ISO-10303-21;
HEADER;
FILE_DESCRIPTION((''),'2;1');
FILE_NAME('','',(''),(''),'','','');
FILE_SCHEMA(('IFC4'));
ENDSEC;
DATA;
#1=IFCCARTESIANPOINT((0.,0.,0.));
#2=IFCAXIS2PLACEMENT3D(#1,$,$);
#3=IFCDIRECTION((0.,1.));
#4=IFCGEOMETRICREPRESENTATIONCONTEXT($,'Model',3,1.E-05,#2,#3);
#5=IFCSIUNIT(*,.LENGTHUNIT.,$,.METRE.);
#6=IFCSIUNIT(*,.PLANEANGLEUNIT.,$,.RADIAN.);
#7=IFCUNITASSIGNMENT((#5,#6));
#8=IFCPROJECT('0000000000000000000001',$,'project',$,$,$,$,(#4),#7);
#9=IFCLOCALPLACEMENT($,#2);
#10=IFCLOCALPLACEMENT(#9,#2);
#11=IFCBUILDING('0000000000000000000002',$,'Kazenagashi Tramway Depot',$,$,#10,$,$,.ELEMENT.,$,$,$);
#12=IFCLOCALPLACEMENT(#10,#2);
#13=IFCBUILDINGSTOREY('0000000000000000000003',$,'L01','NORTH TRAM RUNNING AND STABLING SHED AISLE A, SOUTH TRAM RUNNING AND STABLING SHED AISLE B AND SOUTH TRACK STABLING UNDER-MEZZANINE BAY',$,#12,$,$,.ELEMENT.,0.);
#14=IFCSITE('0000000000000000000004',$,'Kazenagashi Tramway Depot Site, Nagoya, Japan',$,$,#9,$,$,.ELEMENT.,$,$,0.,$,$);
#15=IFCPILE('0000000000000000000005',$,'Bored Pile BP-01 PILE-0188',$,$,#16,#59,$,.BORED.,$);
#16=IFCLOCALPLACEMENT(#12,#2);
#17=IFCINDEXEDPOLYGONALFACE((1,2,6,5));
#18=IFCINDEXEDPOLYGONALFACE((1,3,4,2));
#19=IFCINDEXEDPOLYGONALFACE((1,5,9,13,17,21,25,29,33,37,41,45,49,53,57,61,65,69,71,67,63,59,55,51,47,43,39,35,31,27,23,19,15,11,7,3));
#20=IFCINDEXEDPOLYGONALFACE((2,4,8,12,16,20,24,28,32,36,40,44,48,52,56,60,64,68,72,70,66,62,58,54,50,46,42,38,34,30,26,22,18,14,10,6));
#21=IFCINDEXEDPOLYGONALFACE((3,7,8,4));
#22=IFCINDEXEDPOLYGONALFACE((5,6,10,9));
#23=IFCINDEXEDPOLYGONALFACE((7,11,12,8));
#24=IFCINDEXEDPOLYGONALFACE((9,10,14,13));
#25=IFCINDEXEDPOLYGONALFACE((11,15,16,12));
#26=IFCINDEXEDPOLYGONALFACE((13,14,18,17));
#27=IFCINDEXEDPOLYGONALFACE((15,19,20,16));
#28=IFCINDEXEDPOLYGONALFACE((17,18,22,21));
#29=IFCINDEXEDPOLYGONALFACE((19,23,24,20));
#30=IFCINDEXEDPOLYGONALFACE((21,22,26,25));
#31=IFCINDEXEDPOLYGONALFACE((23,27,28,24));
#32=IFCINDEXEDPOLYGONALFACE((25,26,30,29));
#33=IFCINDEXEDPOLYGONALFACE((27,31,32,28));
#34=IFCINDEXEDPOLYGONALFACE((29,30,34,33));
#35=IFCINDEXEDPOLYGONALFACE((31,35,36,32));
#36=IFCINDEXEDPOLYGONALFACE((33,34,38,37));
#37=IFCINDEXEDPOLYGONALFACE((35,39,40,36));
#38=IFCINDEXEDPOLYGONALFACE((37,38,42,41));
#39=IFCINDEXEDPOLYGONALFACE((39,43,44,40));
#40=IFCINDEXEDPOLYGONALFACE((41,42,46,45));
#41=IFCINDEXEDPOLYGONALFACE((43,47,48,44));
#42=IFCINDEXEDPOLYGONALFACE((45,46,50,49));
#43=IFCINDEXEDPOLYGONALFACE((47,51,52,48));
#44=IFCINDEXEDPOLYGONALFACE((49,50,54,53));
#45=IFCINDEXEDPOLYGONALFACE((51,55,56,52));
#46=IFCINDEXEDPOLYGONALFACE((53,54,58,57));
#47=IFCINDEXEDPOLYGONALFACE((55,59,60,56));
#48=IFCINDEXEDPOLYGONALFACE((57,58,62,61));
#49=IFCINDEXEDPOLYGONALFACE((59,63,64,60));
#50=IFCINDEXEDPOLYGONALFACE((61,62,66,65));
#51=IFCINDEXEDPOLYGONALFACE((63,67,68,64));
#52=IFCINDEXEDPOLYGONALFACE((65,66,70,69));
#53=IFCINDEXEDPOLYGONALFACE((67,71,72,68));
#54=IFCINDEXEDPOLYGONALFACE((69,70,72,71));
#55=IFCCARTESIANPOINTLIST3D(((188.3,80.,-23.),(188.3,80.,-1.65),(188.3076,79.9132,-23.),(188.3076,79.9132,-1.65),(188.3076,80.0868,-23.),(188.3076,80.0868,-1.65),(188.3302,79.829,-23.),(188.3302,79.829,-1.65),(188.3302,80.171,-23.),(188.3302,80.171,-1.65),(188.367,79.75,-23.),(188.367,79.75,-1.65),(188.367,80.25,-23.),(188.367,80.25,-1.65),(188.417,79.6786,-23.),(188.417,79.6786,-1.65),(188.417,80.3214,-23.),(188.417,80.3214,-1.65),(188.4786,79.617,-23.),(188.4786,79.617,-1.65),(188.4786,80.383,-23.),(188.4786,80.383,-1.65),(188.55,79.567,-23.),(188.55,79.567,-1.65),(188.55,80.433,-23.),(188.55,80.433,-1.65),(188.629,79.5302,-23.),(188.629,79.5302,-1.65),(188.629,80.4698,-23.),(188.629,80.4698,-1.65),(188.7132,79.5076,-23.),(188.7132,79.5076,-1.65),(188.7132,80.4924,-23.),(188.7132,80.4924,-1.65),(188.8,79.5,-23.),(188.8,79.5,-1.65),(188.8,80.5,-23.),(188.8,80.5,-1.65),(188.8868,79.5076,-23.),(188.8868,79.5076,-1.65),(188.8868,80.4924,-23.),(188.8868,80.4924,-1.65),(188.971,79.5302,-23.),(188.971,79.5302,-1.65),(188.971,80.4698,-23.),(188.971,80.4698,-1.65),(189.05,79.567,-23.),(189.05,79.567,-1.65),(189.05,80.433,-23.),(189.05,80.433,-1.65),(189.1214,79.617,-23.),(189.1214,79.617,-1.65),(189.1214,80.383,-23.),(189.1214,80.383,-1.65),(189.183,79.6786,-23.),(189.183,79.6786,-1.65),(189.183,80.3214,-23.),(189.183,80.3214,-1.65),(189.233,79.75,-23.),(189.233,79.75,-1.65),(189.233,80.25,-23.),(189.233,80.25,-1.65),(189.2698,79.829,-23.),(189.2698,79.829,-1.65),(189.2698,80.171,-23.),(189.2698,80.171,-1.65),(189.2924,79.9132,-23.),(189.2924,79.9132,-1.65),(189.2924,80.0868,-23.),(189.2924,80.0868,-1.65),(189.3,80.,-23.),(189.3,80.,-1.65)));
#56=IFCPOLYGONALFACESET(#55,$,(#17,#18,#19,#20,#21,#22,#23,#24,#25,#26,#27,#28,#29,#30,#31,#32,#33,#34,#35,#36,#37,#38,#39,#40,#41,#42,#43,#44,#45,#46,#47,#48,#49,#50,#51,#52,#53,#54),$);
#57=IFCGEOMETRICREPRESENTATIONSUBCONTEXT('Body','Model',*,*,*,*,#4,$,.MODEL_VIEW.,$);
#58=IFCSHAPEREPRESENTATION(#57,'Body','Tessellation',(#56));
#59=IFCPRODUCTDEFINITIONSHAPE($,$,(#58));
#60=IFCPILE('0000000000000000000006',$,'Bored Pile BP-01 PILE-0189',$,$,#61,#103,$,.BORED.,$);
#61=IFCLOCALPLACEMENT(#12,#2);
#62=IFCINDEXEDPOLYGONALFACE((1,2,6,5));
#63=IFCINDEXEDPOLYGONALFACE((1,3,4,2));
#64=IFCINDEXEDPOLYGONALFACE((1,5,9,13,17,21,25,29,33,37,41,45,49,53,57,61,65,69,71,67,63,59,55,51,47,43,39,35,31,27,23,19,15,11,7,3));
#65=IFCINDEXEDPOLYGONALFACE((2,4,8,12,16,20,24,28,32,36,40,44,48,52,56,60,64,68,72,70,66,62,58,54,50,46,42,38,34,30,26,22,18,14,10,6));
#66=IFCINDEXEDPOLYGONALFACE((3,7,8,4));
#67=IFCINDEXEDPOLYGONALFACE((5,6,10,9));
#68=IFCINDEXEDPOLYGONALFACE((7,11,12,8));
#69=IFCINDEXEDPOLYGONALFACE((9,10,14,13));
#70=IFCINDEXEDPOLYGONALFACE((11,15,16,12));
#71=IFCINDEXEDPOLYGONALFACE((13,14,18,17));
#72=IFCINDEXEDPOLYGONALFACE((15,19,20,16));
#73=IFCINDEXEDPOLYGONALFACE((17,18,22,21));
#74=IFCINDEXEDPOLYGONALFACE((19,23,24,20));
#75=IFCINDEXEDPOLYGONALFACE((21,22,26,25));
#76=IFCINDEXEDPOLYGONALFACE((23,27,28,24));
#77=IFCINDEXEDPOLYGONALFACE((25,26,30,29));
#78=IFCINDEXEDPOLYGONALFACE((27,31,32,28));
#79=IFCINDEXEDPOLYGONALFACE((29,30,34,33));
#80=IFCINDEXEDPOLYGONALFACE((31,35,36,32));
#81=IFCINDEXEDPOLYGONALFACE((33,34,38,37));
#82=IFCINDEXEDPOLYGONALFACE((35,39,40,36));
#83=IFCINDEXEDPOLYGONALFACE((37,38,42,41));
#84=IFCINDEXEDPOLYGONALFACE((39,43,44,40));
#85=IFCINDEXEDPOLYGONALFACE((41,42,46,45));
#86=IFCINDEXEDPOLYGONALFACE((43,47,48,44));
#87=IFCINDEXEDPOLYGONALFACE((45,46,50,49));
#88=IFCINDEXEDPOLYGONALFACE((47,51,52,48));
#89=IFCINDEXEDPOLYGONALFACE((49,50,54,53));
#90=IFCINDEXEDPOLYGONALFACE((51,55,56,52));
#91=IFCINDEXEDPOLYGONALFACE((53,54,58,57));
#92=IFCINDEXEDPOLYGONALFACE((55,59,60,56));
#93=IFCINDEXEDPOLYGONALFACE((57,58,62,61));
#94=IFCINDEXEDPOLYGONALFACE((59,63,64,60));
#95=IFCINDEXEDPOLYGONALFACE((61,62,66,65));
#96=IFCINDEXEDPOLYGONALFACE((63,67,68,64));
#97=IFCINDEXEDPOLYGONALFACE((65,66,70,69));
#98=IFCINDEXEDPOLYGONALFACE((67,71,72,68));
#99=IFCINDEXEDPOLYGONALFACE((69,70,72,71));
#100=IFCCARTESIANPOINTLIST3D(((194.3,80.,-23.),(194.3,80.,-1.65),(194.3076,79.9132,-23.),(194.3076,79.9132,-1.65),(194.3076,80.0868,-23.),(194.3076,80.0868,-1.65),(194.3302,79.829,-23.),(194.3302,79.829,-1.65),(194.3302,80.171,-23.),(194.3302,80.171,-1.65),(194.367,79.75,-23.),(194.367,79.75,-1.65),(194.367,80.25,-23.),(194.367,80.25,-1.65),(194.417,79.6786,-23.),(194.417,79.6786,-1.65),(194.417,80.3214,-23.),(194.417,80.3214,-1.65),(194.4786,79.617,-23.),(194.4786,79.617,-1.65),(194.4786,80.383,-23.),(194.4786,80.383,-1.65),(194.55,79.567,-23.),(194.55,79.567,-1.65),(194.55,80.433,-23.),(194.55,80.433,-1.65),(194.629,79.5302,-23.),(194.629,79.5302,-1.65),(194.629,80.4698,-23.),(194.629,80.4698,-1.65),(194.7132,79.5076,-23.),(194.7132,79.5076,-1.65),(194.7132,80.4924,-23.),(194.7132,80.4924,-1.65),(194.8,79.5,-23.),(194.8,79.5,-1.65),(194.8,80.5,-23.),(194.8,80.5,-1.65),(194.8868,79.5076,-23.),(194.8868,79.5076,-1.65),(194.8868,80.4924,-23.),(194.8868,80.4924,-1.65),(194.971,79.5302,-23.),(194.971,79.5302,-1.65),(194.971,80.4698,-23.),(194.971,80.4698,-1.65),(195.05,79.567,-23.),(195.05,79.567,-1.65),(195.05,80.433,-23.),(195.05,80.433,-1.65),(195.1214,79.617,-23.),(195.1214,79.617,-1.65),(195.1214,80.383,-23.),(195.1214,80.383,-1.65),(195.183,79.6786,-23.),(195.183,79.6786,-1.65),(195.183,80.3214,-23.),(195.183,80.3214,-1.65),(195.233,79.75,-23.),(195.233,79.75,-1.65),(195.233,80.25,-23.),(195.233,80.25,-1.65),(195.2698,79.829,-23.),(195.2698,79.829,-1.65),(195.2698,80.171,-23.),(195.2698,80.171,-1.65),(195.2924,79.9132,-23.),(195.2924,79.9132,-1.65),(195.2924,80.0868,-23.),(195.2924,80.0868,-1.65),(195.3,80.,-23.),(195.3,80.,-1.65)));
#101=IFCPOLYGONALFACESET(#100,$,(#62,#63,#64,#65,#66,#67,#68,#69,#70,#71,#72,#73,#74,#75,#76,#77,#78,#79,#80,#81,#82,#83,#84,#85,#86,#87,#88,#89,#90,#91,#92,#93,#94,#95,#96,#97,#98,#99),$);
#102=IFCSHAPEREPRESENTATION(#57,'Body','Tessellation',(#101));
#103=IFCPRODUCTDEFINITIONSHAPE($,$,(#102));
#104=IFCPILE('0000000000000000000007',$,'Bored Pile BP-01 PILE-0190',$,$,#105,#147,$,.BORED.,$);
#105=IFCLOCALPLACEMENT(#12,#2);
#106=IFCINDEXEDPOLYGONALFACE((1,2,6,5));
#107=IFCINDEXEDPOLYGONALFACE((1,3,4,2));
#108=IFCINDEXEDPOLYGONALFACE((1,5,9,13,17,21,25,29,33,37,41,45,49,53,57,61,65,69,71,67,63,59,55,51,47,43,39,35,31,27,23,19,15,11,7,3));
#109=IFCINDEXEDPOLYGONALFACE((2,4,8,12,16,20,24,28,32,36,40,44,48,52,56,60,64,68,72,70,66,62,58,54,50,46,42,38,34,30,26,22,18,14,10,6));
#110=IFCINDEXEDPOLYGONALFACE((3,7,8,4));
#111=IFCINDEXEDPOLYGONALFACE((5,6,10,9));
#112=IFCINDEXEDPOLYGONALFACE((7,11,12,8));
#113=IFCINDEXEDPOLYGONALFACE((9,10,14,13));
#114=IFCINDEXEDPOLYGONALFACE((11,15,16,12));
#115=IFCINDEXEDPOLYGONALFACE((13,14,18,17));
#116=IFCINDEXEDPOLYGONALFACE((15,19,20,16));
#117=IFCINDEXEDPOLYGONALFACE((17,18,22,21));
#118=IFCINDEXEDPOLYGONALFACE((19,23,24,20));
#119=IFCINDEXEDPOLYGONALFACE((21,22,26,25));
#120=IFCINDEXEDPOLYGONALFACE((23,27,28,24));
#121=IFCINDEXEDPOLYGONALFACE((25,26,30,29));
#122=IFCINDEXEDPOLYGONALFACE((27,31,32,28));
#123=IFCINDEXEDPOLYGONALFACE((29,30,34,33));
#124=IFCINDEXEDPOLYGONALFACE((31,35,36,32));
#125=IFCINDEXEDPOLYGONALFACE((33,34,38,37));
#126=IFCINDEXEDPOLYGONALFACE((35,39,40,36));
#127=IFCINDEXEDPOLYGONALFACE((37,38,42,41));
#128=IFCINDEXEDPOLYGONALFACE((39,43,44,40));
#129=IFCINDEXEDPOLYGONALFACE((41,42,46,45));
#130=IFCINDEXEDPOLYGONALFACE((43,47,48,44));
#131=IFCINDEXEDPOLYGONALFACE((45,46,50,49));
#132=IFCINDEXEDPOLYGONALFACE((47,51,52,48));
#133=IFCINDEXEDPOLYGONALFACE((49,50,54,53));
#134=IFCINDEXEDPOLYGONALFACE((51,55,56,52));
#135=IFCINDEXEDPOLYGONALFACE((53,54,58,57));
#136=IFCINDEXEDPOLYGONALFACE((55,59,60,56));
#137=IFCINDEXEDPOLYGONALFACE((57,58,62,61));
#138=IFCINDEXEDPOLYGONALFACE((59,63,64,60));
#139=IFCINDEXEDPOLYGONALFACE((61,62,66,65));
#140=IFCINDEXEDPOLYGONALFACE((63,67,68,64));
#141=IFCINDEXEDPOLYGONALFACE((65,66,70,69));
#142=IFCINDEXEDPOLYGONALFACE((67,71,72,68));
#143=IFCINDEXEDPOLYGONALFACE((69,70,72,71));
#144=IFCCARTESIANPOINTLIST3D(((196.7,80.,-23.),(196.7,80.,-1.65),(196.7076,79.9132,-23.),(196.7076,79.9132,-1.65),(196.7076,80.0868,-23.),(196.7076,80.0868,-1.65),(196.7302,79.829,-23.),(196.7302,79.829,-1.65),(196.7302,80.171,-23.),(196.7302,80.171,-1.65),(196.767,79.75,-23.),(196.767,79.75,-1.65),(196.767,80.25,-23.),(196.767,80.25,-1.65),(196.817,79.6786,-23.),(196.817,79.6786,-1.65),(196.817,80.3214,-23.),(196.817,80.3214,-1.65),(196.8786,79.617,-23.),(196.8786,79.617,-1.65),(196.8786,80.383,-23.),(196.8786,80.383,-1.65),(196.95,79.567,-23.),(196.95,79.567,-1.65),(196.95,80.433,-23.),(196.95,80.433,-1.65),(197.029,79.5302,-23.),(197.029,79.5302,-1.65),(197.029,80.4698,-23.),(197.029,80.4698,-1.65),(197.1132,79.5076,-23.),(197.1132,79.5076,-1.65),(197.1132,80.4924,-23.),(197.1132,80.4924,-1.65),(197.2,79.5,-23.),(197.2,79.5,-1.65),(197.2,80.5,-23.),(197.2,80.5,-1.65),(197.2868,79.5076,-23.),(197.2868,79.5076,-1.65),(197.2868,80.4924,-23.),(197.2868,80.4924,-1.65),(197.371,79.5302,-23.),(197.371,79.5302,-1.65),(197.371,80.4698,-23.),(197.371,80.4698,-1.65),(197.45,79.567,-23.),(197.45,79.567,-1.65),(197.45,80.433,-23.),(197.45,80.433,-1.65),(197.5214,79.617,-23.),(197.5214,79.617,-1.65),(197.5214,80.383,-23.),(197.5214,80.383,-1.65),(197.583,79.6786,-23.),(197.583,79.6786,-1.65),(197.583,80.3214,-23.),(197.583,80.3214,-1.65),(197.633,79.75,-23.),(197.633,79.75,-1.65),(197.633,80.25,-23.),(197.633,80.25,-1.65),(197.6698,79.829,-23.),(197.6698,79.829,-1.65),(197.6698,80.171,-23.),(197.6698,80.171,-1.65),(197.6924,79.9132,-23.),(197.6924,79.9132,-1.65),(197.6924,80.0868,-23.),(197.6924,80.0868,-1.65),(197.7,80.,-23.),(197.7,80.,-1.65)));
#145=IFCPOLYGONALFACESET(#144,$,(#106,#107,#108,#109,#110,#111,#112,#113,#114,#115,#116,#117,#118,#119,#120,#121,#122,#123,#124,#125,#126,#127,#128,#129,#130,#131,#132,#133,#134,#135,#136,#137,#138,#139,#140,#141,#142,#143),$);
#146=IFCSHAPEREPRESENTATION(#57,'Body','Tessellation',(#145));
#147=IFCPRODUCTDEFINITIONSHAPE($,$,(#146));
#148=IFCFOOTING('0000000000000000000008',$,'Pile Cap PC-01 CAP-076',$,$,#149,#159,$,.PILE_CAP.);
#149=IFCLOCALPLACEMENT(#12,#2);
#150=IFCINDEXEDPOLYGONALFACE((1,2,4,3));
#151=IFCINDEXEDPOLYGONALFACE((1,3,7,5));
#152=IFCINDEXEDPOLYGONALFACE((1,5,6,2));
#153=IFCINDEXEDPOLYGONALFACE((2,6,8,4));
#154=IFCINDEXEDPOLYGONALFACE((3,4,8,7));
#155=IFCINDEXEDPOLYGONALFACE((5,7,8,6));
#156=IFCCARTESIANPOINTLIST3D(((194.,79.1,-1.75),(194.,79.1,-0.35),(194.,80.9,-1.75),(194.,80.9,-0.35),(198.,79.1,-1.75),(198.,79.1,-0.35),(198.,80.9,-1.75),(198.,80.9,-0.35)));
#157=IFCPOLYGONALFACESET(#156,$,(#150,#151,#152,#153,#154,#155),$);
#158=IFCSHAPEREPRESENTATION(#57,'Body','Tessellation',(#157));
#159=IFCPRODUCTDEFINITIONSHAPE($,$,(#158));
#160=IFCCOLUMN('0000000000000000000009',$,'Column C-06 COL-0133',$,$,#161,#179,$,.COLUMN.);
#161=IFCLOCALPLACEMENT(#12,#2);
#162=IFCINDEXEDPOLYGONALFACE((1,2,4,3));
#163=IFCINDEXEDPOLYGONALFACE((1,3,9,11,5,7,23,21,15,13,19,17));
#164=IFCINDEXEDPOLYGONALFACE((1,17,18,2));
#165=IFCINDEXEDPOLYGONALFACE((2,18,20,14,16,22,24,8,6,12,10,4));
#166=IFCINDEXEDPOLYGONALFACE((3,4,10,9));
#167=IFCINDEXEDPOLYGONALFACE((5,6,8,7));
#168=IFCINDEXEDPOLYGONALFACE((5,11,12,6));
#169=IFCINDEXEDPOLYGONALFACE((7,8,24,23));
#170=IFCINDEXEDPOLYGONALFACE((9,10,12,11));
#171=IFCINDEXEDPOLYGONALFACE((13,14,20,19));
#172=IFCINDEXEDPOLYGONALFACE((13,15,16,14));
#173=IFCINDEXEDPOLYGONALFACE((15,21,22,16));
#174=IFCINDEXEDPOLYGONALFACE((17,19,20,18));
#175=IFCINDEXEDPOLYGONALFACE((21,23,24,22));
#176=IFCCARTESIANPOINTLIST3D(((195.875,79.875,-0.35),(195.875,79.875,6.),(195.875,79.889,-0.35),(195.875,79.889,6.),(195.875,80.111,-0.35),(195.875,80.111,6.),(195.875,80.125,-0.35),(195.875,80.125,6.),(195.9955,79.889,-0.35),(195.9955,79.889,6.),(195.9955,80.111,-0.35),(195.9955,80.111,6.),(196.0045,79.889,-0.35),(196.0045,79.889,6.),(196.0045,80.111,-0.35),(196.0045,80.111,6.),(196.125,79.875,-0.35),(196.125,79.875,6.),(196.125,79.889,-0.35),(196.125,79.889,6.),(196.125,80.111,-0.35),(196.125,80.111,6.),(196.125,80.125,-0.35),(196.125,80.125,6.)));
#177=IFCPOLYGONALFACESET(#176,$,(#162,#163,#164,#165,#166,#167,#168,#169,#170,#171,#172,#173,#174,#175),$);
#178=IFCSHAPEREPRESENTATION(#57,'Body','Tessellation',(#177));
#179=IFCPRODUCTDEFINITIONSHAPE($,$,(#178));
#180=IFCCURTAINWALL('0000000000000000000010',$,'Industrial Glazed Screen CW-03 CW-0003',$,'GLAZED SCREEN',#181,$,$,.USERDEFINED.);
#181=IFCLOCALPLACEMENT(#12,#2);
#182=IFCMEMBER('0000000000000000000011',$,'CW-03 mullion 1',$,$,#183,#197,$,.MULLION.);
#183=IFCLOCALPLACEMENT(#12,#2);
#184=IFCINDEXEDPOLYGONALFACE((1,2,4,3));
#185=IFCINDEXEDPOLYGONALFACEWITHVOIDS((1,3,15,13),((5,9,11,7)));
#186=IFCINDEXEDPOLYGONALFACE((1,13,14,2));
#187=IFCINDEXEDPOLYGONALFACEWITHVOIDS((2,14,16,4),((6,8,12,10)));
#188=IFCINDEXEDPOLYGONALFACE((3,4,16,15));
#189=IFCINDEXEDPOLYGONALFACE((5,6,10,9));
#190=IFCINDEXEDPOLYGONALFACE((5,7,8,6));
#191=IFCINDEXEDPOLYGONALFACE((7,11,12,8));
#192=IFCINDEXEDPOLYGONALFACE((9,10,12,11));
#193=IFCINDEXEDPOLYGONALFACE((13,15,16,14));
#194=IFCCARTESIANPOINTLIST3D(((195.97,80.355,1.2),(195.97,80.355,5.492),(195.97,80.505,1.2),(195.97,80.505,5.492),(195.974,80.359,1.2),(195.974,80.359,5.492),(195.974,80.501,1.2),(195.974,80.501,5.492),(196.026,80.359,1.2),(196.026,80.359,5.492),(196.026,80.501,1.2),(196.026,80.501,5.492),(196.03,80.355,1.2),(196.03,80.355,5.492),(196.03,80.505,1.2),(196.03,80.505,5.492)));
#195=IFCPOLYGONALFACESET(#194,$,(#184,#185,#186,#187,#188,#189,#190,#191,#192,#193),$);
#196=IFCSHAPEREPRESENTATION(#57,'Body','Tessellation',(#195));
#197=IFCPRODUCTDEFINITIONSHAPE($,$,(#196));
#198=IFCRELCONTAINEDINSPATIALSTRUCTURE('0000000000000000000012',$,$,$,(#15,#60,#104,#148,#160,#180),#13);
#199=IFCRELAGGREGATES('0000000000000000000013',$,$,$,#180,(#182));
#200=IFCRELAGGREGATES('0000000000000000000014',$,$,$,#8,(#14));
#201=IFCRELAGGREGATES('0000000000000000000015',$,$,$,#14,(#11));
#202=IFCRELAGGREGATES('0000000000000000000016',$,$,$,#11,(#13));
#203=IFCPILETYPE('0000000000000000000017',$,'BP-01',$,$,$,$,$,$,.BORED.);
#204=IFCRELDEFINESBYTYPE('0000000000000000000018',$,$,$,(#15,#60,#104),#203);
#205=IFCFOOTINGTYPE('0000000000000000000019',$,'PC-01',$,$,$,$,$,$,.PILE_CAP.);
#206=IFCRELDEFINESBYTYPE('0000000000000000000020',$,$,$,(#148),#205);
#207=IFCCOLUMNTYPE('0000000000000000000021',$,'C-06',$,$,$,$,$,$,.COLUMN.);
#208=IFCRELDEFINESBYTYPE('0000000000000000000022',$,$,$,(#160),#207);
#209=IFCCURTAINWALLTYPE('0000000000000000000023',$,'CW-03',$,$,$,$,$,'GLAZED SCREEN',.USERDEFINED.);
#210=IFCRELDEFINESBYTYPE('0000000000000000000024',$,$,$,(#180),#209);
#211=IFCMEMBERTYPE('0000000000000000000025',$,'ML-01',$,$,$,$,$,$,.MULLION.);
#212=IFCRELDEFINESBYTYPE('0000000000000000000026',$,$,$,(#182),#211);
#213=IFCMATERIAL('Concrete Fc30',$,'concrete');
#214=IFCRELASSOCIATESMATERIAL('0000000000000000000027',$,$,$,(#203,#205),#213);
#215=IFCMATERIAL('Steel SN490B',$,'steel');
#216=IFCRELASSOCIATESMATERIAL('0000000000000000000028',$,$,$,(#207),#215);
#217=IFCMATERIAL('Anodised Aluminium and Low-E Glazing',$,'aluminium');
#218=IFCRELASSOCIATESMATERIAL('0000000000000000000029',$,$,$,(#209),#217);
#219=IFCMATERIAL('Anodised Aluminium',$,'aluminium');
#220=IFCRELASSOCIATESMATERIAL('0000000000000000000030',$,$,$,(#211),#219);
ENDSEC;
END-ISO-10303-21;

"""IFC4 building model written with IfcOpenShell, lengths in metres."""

from ifc_helpers import new_model, si_unit, direction, frame, origin, origin_2d, place, context, subcontext, project, spatial, rectangle, hollow_rectangle, circle, i_section, extrude, material, material_profile, profile_set, type_object, element, aggregate, save


model = new_model("IFC4")

# Units and contexts
model_context = context("Model", 3, precision=1e-05, world=origin(), true_north=direction((0.0, 1.0)))
body_context = subcontext(model_context, "Body", "Model", "MODEL_VIEW")
ifc_project = project(units=[si_unit("LENGTHUNIT", "METRE"), si_unit("PLANEANGLEUNIT", "RADIAN")], contexts=[model_context])

# Site, building, storey
site_placement = place(None, origin())
site = spatial("IfcSite", under=ifc_project, at=site_placement, Name="Kazenagashi Tramway Depot Site, Nagoya, Japan", CompositionType="ELEMENT", RefElevation=0.0)
building_placement = place(site_placement, origin())
building = spatial("IfcBuilding", under=site, at=building_placement, Name="Kazenagashi Tramway Depot", CompositionType="ELEMENT")
storey_placement = place(building_placement, origin())
storey = spatial("IfcBuildingStorey", under=building, at=storey_placement, Name="L01", Description="NORTH TRAM RUNNING AND STABLING SHED AISLE A, SOUTH TRAM RUNNING AND STABLING SHED AISLE B AND SOUTH TRACK STABLING UNDER-MEZZANINE BAY", CompositionType="ELEMENT", Elevation=0.0)

# Piles
ifc_material_1 = material(Name="Concrete Fc30", Category="concrete")
ifc_material_profile_1 = material_profile(ifc_material_1, circle(Radius=0.5, at=origin_2d()), Name="PILE-1000")
ifc_profile_set_1 = profile_set([ifc_material_profile_1], Name="Concrete Fc30")
pile_type = type_object("IfcPileType", Name="BP-01", PredefinedType="BORED", material=ifc_profile_set_1)
for number, where, z_axis, x_axis, name in (
    (1, (188.8, 80.0, -1.65), (0.0, 0.0, -1.0), (1.0, 0.0, 0.0), "Bored Pile BP-01 PILE-0188"),
    (2, (194.8, 80.0, -1.65), (0.0, 0.0, -1.0), (1.0, 0.0, 0.0), "Bored Pile BP-01 PILE-0189"),
    (3, (197.2, 80.0, -1.65), (0.0, 0.0, -1.0), (1.0, 0.0, 0.0), "Bored Pile BP-01 PILE-0190"),
):
    element("IfcPile", number, at=place(storey_placement, frame(where, z_axis=z_axis, x_axis=x_axis)), inside=storey, type_object=pile_type, Name=name, PredefinedType="BORED", context=body_context, shape_type="SweptSolid", body=[
        extrude(circle(Radius=0.5, at=origin_2d()), origin(), (0.0, 0.0, 1.0), 21.35),
    ])

# Footing
footing_type = type_object("IfcFootingType", Name="PC-01", PredefinedType="PILE_CAP", material=ifc_material_1)
footing_placement = place(storey_placement, frame((196.0, 80.0, -1.75), z_axis=(0.0, 0.0, 1.0), x_axis=(1.0, 0.0, 0.0)))
element("IfcFooting", 4, at=footing_placement, inside=storey, type_object=footing_type, Name="Pile Cap PC-01 CAP-076", PredefinedType="PILE_CAP", context=body_context, shape_type="SweptSolid", body=[
    extrude(rectangle(XDim=4.0, YDim=1.8, at=origin_2d()), origin(), (0.0, 0.0, 1.0), 1.4),
])

# Column
ifc_material_2 = material(Name="Steel SN490B", Category="steel")
ifc_material_profile_2 = material_profile(ifc_material_2, i_section(OverallWidth=0.25, OverallDepth=0.25, WebThickness=0.009, FlangeThickness=0.014, at=origin_2d()), Name="H-250x250x9x14")
ifc_profile_set_2 = profile_set([ifc_material_profile_2], Name="Steel SN490B")
column_type = type_object("IfcColumnType", Name="C-06", PredefinedType="COLUMN", material=ifc_profile_set_2)
column_placement = place(storey_placement, frame((196.0, 80.0, -0.35), z_axis=(0.0, 0.0, 1.0), x_axis=(1.0, 0.0, 0.0)))
element("IfcColumn", 5, at=column_placement, inside=storey, type_object=column_type, Name="Column C-06 COL-0133", PredefinedType="COLUMN", context=body_context, shape_type="SweptSolid", body=[
    extrude(i_section(OverallWidth=0.25, OverallDepth=0.25, WebThickness=0.009, FlangeThickness=0.014, at=origin_2d()), origin(), (0.0, 0.0, 1.0), 6.35),
])

# Curtain wall, member
ifc_material_3 = material(Name="Anodised Aluminium and Low-E Glazing", Category="aluminium")
curtain_wall_type_1 = type_object("IfcCurtainWallType", Name="CW-03", ElementType="GLAZED SCREEN", PredefinedType="USERDEFINED", material=ifc_material_3)
curtain_wall_1_placement = place(storey_placement, origin())
curtain_wall_1 = element("IfcCurtainWall", 6, at=curtain_wall_1_placement, inside=storey, type_object=curtain_wall_type_1, Name="Industrial Glazed Screen CW-03 CW-0003", ObjectType="GLAZED SCREEN", PredefinedType="USERDEFINED")
ifc_material_4 = material(Name="Anodised Aluminium", Category="aluminium")
ifc_material_profile_3 = material_profile(ifc_material_4, hollow_rectangle(XDim=0.06, YDim=0.15, WallThickness=0.004, at=origin_2d()), Name="RHS-150x60x4")
ifc_profile_set_3 = profile_set([ifc_material_profile_3], Name="Anodised Aluminium")
member_type_1 = type_object("IfcMemberType", Name="ML-01", PredefinedType="MULLION", material=ifc_profile_set_3)
member_1_placement = place(storey_placement, frame((196.0, 80.43, 1.2), z_axis=(0.0, 0.0, 1.0), x_axis=(-1.0, 0.0, 0.0)))
member_1 = element("IfcMember", 7, at=member_1_placement, type_object=member_type_1, Name="CW-03 mullion 1", PredefinedType="MULLION", context=body_context, shape_type="SweptSolid", body=[
    extrude(hollow_rectangle(XDim=0.06, YDim=0.15, WallThickness=0.004, at=origin_2d()), origin(), (0.0, 0.0, 1.0), 4.292),
])

aggregate(curtain_wall_1, [member_1])

save(model, "model.ifc")
